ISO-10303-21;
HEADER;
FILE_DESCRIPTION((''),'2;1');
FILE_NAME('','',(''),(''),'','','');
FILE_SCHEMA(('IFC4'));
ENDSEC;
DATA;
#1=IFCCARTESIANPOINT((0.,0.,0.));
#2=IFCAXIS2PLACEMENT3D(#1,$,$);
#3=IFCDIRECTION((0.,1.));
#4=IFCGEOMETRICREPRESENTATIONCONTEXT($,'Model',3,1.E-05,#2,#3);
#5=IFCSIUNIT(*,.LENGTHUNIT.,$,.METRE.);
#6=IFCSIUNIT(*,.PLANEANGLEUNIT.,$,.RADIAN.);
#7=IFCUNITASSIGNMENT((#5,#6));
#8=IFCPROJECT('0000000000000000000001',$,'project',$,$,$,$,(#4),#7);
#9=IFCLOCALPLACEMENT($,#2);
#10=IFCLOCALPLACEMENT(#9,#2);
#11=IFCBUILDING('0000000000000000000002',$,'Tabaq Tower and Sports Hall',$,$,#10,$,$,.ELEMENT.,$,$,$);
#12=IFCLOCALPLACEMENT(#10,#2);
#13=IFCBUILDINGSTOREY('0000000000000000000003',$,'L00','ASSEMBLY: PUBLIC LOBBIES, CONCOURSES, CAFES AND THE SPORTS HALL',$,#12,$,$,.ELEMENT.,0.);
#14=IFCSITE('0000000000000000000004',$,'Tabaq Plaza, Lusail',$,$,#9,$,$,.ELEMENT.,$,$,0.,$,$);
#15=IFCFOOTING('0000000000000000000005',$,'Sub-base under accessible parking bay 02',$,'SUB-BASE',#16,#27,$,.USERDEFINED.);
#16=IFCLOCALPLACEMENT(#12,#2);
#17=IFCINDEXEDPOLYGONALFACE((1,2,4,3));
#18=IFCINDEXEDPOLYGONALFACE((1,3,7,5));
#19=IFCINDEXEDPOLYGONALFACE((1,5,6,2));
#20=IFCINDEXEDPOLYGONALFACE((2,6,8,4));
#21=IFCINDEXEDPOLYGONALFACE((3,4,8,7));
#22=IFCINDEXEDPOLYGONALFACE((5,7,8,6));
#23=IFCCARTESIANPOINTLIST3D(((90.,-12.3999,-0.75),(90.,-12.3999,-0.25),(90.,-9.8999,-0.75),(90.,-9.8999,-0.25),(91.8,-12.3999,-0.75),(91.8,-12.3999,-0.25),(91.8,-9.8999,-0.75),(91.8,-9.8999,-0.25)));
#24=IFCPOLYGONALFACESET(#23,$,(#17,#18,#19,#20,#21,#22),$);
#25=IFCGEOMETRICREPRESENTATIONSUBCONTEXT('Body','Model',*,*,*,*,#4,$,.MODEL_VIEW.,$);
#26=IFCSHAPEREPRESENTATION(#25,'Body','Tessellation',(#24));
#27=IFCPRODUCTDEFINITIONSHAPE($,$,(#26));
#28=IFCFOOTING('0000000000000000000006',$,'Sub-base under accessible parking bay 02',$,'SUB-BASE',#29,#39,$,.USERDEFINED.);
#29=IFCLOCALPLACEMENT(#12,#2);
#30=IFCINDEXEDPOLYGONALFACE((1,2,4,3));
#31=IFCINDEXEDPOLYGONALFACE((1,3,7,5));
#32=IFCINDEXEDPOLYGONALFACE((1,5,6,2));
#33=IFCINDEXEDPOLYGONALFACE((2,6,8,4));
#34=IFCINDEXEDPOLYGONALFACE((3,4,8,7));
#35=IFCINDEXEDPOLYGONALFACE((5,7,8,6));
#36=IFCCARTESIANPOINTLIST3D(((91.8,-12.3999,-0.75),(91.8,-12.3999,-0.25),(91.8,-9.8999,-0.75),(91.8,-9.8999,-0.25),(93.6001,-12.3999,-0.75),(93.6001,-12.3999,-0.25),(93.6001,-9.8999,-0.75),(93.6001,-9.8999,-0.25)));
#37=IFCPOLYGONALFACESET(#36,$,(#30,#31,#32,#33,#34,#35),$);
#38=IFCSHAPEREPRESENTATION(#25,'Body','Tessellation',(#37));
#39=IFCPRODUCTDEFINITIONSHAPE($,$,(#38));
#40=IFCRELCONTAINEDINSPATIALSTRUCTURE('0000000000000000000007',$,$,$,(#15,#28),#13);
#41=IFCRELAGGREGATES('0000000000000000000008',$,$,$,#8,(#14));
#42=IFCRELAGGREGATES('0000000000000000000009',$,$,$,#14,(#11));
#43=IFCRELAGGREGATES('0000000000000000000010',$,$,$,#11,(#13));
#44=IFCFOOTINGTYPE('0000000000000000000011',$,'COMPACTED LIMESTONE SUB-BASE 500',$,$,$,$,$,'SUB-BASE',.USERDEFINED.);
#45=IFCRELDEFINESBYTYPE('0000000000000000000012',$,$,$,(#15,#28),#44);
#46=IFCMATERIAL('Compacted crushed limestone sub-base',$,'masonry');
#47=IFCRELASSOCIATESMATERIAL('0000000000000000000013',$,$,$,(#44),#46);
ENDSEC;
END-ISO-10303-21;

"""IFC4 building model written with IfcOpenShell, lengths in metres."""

from ifc_helpers import new_model, si_unit, direction, frame, origin, place, context, subcontext, project, spatial, polyline, outline, extrude, material, type_object, element, save


model = new_model("IFC4")

# Units and contexts
model_context = context("Model", 3, precision=1e-05, world=origin(), true_north=direction((0.0, 1.0)))
body_context = subcontext(model_context, "Body", "Model", "MODEL_VIEW")
ifc_project = project(units=[si_unit("LENGTHUNIT", "METRE"), si_unit("PLANEANGLEUNIT", "RADIAN")], contexts=[model_context])

# Site, building, storey
site_placement = place(None, origin())
site = spatial("IfcSite", under=ifc_project, at=site_placement, Name="Tabaq Plaza, Lusail", CompositionType="ELEMENT", RefElevation=0.0)
building_placement = place(site_placement, origin())
building = spatial("IfcBuilding", under=site, at=building_placement, Name="Tabaq Tower and Sports Hall", CompositionType="ELEMENT")
storey_placement = place(building_placement, origin())
storey = spatial("IfcBuildingStorey", under=building, at=storey_placement, Name="L00", Description="ASSEMBLY: PUBLIC LOBBIES, CONCOURSES, CAFES AND THE SPORTS HALL", CompositionType="ELEMENT", Elevation=0.0)

# Footings
ifc_material = material(Name="Compacted crushed limestone sub-base", Category="masonry")
footing_type = type_object("IfcFootingType", Name="COMPACTED LIMESTONE SUB-BASE 500", ElementType="SUB-BASE", PredefinedType="USERDEFINED", material=ifc_material)
footing_1_placement = place(storey_placement, frame((0.0, 0.0, -0.75)))
element("IfcFooting", 1, at=footing_1_placement, inside=storey, type_object=footing_type, Name="Sub-base under accessible parking bay 02", ObjectType="SUB-BASE", PredefinedType="USERDEFINED", context=body_context, shape_type="SweptSolid", body=[
    extrude(outline(polyline([(90.0, -9.8999), (90.0, -12.3999), (91.8, -12.3999), (91.8, -9.8999), (90.0, -9.8999)])), origin(), (0.0, 0.0, 1.0), 0.5),
])
footing_2_placement = place(storey_placement, frame((0.0, 0.0, -0.75)))
element("IfcFooting", 2, at=footing_2_placement, inside=storey, type_object=footing_type, Name="Sub-base under accessible parking bay 02", ObjectType="SUB-BASE", PredefinedType="USERDEFINED", context=body_context, shape_type="SweptSolid", body=[
    extrude(outline(polyline([(93.6001, -12.3999), (93.6001, -9.8999), (91.8, -9.8999), (91.8, -12.3999), (93.6001, -12.3999)])), origin(), (0.0, 0.0, 1.0), 0.5),
])

save(model, "model.ifc")
